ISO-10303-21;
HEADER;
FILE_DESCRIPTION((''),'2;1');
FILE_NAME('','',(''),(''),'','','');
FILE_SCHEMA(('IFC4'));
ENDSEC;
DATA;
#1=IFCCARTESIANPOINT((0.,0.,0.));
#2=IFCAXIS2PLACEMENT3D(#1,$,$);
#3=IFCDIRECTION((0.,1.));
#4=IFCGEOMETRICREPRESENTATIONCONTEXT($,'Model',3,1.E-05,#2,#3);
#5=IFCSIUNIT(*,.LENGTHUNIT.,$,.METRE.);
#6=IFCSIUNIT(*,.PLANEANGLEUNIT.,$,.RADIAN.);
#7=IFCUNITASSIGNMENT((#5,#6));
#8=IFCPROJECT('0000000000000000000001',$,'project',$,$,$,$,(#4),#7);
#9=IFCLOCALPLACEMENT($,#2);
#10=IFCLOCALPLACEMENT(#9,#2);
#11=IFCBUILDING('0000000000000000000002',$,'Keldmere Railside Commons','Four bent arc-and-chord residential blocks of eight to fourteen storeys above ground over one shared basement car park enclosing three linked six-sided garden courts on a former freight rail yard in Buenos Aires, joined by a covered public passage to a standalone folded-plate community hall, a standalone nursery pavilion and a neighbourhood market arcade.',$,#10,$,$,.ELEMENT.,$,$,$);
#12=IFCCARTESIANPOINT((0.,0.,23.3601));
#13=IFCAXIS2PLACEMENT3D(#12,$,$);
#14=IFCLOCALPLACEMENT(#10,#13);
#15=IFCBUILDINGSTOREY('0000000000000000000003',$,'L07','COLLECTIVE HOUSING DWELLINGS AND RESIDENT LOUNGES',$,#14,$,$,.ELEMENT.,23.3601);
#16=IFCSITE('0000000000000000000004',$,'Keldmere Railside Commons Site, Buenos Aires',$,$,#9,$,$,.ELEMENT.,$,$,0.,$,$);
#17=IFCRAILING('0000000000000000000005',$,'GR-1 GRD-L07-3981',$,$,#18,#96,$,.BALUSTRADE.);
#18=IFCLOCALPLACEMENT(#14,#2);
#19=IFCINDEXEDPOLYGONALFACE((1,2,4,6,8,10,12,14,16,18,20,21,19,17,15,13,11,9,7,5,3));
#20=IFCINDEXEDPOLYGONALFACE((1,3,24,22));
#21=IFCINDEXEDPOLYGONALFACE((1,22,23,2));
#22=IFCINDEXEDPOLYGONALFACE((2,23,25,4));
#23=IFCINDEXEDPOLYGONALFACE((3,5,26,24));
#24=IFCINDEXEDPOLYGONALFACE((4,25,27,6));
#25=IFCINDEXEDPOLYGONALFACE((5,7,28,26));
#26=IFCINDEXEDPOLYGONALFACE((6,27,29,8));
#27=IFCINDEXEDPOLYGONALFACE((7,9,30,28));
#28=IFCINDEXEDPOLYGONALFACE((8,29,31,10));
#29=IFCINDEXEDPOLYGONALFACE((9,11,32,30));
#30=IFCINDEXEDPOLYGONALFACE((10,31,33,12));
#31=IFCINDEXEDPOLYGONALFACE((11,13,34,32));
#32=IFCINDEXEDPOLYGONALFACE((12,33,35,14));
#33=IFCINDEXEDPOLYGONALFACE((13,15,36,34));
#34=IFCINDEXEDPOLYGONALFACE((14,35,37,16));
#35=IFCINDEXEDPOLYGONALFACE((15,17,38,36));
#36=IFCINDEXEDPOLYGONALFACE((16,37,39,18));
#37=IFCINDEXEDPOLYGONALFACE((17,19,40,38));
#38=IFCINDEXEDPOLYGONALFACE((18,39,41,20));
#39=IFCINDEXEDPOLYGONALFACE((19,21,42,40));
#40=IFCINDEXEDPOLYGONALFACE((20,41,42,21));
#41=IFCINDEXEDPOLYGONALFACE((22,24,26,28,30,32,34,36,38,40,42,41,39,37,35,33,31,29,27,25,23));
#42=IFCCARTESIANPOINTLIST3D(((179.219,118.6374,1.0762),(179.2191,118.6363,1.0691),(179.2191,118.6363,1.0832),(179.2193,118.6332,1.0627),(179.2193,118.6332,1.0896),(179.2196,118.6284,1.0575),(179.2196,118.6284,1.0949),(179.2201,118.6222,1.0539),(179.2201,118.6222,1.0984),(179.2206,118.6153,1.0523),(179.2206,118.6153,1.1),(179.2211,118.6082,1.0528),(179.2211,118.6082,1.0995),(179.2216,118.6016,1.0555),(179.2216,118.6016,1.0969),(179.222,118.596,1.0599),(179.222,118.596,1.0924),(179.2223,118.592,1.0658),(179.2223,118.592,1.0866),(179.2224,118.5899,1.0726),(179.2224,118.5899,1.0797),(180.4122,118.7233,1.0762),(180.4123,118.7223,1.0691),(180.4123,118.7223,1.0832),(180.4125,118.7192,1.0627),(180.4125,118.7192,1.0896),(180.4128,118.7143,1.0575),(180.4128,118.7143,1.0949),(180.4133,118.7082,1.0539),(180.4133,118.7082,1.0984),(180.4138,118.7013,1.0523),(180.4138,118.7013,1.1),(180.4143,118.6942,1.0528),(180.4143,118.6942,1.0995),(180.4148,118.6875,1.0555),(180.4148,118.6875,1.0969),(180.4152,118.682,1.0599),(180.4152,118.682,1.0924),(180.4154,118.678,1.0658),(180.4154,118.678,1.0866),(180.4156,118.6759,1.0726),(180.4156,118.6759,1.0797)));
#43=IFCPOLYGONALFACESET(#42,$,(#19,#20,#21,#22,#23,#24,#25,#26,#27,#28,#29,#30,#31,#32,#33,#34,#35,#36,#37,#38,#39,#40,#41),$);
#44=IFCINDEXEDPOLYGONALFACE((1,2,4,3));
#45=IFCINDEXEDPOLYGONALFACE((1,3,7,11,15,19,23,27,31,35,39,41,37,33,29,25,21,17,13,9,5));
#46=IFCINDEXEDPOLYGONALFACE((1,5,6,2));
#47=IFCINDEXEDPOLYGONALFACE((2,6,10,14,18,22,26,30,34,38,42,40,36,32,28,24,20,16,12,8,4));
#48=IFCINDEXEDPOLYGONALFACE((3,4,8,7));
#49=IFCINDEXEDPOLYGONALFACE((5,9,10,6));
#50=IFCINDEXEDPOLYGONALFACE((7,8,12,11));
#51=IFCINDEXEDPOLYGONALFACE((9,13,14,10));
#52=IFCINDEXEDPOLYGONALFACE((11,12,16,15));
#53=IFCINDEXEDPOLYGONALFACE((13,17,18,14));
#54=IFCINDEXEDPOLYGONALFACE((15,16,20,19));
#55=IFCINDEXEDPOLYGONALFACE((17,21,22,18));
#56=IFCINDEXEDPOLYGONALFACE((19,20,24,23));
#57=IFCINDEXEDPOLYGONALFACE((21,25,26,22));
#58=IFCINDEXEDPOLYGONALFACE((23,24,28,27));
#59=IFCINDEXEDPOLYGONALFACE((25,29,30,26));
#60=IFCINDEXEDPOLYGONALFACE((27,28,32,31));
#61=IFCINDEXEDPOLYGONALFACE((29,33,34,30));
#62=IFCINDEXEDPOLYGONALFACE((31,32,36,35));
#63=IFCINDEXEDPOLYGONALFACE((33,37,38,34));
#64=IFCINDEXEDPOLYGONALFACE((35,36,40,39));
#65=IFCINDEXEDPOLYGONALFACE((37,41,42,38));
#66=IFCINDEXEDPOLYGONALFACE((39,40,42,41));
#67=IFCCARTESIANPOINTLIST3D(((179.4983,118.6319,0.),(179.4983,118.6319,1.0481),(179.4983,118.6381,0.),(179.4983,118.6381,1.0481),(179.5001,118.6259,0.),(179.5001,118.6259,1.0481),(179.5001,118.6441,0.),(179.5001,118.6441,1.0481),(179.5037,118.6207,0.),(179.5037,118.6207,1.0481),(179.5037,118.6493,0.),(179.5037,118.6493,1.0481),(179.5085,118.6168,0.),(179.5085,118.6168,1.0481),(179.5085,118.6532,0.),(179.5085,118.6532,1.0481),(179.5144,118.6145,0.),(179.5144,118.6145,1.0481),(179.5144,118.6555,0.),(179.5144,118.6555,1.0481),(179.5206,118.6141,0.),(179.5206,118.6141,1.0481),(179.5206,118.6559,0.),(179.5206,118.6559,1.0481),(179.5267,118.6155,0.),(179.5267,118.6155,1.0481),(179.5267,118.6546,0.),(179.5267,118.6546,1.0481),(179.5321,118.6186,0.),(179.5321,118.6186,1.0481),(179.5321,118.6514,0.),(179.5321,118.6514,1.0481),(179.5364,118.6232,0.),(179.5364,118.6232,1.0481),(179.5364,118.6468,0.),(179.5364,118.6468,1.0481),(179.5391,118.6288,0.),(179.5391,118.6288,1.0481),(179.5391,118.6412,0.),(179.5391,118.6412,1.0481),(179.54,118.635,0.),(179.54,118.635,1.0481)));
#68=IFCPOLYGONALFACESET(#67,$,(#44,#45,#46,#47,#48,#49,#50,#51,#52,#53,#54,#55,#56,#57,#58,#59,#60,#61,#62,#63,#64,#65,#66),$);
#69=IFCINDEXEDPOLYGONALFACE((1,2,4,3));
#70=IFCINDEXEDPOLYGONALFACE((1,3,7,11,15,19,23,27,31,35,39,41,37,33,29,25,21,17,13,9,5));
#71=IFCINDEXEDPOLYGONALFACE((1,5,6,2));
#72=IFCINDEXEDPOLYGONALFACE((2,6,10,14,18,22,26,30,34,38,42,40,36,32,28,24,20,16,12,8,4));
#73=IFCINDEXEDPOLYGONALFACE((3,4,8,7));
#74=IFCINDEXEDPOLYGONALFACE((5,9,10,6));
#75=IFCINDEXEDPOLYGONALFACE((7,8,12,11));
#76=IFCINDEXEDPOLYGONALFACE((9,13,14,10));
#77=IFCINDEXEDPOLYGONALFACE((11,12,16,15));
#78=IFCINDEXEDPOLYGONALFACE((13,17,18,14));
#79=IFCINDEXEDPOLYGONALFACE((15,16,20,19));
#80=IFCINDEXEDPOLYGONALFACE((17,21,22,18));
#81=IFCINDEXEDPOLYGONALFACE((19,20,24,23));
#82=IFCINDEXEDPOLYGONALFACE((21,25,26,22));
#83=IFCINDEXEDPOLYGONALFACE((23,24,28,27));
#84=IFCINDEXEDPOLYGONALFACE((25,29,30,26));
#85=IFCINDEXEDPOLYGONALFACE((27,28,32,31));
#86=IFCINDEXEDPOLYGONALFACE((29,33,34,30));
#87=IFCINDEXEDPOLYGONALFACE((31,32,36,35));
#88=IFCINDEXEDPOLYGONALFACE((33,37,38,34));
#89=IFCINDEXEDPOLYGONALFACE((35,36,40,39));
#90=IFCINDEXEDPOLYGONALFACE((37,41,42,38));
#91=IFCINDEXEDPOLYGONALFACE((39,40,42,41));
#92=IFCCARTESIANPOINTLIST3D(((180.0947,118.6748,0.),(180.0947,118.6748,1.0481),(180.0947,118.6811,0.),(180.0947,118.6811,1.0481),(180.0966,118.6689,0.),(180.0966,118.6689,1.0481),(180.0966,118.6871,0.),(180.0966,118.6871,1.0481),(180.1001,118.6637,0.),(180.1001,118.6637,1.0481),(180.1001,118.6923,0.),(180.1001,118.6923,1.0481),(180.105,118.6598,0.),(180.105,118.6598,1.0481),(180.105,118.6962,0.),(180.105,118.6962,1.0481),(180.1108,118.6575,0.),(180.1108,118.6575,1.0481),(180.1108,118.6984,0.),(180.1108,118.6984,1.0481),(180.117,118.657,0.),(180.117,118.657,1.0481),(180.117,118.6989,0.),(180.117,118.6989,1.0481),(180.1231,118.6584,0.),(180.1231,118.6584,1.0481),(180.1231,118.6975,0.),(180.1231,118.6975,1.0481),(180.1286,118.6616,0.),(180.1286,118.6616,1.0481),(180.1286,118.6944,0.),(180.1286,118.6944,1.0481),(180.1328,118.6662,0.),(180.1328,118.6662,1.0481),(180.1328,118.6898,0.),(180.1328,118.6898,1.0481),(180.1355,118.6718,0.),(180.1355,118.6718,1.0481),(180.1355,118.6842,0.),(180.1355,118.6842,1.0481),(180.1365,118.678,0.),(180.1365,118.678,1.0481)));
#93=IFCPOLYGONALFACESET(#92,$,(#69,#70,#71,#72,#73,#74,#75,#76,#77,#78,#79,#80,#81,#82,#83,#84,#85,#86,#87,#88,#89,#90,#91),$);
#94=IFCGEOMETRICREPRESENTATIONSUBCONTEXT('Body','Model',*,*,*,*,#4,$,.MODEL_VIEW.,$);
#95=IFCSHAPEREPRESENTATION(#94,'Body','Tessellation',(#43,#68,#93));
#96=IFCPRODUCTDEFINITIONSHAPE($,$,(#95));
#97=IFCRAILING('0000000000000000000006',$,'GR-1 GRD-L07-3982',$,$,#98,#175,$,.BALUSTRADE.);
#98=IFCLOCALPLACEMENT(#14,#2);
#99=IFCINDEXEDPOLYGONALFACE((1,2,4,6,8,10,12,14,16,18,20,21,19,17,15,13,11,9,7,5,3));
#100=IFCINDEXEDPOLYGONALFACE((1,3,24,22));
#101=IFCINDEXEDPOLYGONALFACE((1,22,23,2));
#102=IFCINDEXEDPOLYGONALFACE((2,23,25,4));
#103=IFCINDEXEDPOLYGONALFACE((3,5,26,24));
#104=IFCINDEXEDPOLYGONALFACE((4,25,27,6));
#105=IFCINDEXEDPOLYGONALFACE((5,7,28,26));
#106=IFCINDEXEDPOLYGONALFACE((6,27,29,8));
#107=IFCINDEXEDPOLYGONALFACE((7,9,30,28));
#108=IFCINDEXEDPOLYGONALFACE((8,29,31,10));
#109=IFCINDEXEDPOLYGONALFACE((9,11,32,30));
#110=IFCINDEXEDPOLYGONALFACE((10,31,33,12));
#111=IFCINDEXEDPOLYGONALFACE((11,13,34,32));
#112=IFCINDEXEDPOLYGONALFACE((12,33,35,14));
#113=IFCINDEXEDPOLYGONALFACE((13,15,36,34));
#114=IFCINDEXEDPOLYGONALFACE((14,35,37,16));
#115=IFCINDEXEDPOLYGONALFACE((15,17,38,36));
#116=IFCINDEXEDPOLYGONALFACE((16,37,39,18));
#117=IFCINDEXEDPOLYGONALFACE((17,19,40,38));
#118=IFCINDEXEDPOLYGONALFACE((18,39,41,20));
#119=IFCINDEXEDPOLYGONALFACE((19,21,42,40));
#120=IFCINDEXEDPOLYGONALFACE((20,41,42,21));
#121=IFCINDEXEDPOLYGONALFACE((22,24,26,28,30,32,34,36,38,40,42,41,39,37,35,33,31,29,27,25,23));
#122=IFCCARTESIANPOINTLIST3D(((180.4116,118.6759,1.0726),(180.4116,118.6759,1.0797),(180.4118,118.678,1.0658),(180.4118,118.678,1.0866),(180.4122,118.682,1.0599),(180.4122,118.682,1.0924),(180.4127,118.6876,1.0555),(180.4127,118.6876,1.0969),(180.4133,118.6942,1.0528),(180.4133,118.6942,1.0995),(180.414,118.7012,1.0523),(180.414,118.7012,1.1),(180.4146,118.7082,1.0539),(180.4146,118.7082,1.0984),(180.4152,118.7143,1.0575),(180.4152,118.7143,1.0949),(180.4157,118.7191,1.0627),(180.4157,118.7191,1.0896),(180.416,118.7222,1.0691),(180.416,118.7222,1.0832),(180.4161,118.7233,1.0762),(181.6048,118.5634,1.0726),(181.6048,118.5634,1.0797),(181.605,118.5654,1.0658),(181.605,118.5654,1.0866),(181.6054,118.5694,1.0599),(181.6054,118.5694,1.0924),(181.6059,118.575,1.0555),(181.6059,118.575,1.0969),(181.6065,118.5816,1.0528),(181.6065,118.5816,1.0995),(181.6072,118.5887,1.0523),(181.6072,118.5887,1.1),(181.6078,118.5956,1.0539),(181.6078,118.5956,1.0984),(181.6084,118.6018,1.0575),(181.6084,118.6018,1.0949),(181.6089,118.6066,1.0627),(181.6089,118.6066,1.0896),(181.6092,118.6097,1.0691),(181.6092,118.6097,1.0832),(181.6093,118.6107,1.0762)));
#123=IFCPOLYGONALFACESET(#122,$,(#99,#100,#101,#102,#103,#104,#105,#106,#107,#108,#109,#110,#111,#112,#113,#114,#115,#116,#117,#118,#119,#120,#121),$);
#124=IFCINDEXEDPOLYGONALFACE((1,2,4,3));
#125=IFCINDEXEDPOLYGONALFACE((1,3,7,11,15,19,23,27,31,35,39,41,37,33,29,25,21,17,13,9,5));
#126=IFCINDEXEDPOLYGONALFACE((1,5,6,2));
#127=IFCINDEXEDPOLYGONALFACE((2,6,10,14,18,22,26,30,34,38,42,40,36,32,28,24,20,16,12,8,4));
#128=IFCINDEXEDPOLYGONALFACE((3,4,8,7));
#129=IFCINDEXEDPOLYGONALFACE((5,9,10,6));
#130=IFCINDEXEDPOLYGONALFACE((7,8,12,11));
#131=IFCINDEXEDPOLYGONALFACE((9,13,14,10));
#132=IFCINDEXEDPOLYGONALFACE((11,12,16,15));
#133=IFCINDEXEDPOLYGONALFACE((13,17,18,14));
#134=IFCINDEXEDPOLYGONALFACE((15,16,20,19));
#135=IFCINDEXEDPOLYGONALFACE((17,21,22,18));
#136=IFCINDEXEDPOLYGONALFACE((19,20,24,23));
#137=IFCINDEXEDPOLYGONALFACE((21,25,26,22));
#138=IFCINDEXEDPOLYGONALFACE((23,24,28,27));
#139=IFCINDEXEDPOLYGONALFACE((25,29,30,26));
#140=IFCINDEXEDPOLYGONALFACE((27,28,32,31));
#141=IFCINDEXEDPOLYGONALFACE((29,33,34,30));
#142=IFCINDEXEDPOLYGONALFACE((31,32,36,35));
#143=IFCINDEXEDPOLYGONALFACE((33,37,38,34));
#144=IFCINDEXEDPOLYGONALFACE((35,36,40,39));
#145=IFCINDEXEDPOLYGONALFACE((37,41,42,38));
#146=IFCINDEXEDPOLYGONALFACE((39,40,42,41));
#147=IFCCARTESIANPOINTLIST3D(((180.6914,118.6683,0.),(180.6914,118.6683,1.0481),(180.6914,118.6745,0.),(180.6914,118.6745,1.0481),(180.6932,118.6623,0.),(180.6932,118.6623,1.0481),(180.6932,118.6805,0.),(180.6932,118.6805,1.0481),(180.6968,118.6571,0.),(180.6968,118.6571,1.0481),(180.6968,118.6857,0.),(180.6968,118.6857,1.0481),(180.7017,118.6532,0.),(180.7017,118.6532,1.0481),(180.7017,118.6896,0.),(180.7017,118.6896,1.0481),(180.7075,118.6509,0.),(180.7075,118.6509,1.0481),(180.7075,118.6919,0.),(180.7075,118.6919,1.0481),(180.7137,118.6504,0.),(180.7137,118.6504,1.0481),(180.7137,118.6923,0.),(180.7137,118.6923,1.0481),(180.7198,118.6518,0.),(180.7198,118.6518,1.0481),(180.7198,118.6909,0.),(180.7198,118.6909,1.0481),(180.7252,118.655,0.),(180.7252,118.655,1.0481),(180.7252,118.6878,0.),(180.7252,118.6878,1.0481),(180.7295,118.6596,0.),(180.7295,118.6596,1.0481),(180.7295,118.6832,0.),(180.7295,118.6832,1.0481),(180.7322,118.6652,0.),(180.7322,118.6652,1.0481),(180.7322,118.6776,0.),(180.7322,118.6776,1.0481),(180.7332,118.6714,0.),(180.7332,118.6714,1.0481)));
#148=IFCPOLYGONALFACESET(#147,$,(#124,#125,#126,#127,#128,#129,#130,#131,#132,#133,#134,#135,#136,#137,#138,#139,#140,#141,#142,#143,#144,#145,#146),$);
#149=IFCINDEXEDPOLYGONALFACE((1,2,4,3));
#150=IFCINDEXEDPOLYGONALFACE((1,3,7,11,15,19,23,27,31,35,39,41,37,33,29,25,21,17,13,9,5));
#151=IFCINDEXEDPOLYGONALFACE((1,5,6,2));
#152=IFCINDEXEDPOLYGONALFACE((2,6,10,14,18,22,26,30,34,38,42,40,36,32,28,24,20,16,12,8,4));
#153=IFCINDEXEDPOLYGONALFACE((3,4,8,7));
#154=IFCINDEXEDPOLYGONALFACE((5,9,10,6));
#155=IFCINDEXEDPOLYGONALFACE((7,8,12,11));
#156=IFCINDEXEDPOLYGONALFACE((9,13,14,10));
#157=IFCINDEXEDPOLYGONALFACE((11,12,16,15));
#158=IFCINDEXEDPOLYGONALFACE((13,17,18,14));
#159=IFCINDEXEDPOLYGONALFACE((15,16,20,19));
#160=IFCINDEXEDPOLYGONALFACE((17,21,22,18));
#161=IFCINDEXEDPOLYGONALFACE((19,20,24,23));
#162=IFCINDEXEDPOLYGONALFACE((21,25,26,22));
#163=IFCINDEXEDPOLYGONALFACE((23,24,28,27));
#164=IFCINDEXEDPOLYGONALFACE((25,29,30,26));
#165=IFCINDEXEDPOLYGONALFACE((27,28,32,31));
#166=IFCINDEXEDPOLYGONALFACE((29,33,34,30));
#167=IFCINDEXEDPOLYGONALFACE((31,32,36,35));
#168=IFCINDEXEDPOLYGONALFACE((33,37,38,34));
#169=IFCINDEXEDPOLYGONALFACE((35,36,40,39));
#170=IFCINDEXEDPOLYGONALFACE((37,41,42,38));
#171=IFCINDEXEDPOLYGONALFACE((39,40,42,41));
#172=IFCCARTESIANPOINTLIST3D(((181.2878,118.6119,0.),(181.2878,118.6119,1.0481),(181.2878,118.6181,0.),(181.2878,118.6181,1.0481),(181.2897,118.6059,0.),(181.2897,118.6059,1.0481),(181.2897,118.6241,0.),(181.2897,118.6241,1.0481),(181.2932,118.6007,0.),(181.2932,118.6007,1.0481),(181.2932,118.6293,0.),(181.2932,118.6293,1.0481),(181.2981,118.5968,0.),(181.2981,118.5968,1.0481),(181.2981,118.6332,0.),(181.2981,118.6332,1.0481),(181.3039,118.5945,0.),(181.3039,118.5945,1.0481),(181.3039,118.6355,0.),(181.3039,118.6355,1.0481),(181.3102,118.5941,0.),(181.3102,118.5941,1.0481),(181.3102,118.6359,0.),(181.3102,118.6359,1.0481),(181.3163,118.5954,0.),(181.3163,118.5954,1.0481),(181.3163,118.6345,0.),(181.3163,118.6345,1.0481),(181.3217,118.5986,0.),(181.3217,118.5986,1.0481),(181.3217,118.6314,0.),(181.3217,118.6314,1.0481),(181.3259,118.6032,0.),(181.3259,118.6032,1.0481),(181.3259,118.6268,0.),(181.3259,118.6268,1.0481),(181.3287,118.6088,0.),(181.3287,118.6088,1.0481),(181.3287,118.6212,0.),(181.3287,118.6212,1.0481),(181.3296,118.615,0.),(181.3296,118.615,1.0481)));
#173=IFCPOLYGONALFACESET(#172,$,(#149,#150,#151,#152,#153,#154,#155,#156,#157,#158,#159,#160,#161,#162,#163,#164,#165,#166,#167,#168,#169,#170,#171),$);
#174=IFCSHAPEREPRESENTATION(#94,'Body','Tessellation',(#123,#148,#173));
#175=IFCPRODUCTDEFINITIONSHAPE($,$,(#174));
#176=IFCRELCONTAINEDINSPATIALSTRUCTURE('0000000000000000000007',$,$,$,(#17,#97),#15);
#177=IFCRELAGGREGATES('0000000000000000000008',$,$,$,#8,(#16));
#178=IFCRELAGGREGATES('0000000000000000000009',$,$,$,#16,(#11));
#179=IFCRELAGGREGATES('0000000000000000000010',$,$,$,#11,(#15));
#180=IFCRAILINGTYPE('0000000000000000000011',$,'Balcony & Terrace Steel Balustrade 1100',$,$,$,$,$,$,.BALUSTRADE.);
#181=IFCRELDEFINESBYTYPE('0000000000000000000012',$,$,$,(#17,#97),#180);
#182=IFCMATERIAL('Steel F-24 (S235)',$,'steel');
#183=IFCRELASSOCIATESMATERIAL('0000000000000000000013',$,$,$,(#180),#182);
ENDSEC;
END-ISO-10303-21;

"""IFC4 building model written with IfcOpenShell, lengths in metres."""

from ifc_helpers import new_model, si_unit, direction, frame, origin, origin_2d, place, context, subcontext, project, spatial, circle, extrude, material, type_object, element, save


model = new_model("IFC4")

# Units and contexts
model_context = context("Model", 3, precision=1e-05, world=origin(), true_north=direction((0.0, 1.0)))
body_context = subcontext(model_context, "Body", "Model", "MODEL_VIEW")
ifc_project = project(units=[si_unit("LENGTHUNIT", "METRE"), si_unit("PLANEANGLEUNIT", "RADIAN")], contexts=[model_context])

# Site, building, storey
site_placement = place(None, origin())
site = spatial("IfcSite", under=ifc_project, at=site_placement, Name="Keldmere Railside Commons Site, Buenos Aires", CompositionType="ELEMENT", RefElevation=0.0)
building_placement = place(site_placement, origin())
building = spatial("IfcBuilding", under=site, at=building_placement, Name="Keldmere Railside Commons", Description="Four bent arc-and-chord residential blocks of eight to fourteen storeys above ground over one shared basement car park enclosing three linked six-sided garden courts on a former freight rail yard in Buenos Aires, joined by a covered public passage to a standalone folded-plate community hall, a standalone nursery pavilion and a neighbourhood market arcade.", CompositionType="ELEMENT")
storey_placement = place(building_placement, frame((0.0, 0.0, 23.3601)))
storey = spatial("IfcBuildingStorey", under=building, at=storey_placement, Name="L07", Description="COLLECTIVE HOUSING DWELLINGS AND RESIDENT LOUNGES", CompositionType="ELEMENT", Elevation=23.3601)

# Railings
ifc_material_1 = material(Name="Steel F-24 (S235)", Category="steel")
railing_type = type_object("IfcRailingType", Name="Balcony & Terrace Steel Balustrade 1100", PredefinedType="BALUSTRADE", material=ifc_material_1)
railing_1_placement = place(storey_placement, frame((179.2207, 118.6135, 0.0)))
element("IfcRailing", 1, at=railing_1_placement, inside=storey, type_object=railing_type, Name="GR-1 GRD-L07-3981", PredefinedType="BALUSTRADE", context=body_context, shape_type="SweptSolid", body=[
    extrude(circle(Radius=0.0239, at=origin_2d()), frame((0.0, 0.0, 1.0762), z_axis=(0.997416, 0.071842, 0.0), x_axis=(-0.071842, 0.997416, 0.0)), (0.0, 0.0, 1.0), 1.1963),
    extrude(circle(Radius=0.021, at=origin_2d()), frame((0.2983, 0.0215, 0.0)), (0.0, 0.0, 1.0), 1.0481),
    extrude(circle(Radius=0.021, at=origin_2d()), frame((0.8948, 0.0645, 0.0)), (0.0, 0.0, 1.0), 1.0481),
])
railing_2_placement = place(storey_placement, frame((180.4138, 118.6995, 0.0)))
element("IfcRailing", 2, at=railing_2_placement, inside=storey, type_object=railing_type, Name="GR-1 GRD-L07-3982", PredefinedType="BALUSTRADE", context=body_context, shape_type="SweptSolid", body=[
    extrude(circle(Radius=0.0239, at=origin_2d()), frame((0.0, 0.0, 1.0762), z_axis=(0.99558, -0.093915, 0.0), x_axis=(0.093915, 0.99558, 0.0)), (0.0, 0.0, 1.0), 1.1985),
    extrude(circle(Radius=0.021, at=origin_2d()), frame((0.2983, -0.0281, 0.0)), (0.0, 0.0, 1.0), 1.0481),
    extrude(circle(Radius=0.021, at=origin_2d()), frame((0.8948, -0.0845, 0.0)), (0.0, 0.0, 1.0), 1.0481),
])

save(model, "model.ifc")
